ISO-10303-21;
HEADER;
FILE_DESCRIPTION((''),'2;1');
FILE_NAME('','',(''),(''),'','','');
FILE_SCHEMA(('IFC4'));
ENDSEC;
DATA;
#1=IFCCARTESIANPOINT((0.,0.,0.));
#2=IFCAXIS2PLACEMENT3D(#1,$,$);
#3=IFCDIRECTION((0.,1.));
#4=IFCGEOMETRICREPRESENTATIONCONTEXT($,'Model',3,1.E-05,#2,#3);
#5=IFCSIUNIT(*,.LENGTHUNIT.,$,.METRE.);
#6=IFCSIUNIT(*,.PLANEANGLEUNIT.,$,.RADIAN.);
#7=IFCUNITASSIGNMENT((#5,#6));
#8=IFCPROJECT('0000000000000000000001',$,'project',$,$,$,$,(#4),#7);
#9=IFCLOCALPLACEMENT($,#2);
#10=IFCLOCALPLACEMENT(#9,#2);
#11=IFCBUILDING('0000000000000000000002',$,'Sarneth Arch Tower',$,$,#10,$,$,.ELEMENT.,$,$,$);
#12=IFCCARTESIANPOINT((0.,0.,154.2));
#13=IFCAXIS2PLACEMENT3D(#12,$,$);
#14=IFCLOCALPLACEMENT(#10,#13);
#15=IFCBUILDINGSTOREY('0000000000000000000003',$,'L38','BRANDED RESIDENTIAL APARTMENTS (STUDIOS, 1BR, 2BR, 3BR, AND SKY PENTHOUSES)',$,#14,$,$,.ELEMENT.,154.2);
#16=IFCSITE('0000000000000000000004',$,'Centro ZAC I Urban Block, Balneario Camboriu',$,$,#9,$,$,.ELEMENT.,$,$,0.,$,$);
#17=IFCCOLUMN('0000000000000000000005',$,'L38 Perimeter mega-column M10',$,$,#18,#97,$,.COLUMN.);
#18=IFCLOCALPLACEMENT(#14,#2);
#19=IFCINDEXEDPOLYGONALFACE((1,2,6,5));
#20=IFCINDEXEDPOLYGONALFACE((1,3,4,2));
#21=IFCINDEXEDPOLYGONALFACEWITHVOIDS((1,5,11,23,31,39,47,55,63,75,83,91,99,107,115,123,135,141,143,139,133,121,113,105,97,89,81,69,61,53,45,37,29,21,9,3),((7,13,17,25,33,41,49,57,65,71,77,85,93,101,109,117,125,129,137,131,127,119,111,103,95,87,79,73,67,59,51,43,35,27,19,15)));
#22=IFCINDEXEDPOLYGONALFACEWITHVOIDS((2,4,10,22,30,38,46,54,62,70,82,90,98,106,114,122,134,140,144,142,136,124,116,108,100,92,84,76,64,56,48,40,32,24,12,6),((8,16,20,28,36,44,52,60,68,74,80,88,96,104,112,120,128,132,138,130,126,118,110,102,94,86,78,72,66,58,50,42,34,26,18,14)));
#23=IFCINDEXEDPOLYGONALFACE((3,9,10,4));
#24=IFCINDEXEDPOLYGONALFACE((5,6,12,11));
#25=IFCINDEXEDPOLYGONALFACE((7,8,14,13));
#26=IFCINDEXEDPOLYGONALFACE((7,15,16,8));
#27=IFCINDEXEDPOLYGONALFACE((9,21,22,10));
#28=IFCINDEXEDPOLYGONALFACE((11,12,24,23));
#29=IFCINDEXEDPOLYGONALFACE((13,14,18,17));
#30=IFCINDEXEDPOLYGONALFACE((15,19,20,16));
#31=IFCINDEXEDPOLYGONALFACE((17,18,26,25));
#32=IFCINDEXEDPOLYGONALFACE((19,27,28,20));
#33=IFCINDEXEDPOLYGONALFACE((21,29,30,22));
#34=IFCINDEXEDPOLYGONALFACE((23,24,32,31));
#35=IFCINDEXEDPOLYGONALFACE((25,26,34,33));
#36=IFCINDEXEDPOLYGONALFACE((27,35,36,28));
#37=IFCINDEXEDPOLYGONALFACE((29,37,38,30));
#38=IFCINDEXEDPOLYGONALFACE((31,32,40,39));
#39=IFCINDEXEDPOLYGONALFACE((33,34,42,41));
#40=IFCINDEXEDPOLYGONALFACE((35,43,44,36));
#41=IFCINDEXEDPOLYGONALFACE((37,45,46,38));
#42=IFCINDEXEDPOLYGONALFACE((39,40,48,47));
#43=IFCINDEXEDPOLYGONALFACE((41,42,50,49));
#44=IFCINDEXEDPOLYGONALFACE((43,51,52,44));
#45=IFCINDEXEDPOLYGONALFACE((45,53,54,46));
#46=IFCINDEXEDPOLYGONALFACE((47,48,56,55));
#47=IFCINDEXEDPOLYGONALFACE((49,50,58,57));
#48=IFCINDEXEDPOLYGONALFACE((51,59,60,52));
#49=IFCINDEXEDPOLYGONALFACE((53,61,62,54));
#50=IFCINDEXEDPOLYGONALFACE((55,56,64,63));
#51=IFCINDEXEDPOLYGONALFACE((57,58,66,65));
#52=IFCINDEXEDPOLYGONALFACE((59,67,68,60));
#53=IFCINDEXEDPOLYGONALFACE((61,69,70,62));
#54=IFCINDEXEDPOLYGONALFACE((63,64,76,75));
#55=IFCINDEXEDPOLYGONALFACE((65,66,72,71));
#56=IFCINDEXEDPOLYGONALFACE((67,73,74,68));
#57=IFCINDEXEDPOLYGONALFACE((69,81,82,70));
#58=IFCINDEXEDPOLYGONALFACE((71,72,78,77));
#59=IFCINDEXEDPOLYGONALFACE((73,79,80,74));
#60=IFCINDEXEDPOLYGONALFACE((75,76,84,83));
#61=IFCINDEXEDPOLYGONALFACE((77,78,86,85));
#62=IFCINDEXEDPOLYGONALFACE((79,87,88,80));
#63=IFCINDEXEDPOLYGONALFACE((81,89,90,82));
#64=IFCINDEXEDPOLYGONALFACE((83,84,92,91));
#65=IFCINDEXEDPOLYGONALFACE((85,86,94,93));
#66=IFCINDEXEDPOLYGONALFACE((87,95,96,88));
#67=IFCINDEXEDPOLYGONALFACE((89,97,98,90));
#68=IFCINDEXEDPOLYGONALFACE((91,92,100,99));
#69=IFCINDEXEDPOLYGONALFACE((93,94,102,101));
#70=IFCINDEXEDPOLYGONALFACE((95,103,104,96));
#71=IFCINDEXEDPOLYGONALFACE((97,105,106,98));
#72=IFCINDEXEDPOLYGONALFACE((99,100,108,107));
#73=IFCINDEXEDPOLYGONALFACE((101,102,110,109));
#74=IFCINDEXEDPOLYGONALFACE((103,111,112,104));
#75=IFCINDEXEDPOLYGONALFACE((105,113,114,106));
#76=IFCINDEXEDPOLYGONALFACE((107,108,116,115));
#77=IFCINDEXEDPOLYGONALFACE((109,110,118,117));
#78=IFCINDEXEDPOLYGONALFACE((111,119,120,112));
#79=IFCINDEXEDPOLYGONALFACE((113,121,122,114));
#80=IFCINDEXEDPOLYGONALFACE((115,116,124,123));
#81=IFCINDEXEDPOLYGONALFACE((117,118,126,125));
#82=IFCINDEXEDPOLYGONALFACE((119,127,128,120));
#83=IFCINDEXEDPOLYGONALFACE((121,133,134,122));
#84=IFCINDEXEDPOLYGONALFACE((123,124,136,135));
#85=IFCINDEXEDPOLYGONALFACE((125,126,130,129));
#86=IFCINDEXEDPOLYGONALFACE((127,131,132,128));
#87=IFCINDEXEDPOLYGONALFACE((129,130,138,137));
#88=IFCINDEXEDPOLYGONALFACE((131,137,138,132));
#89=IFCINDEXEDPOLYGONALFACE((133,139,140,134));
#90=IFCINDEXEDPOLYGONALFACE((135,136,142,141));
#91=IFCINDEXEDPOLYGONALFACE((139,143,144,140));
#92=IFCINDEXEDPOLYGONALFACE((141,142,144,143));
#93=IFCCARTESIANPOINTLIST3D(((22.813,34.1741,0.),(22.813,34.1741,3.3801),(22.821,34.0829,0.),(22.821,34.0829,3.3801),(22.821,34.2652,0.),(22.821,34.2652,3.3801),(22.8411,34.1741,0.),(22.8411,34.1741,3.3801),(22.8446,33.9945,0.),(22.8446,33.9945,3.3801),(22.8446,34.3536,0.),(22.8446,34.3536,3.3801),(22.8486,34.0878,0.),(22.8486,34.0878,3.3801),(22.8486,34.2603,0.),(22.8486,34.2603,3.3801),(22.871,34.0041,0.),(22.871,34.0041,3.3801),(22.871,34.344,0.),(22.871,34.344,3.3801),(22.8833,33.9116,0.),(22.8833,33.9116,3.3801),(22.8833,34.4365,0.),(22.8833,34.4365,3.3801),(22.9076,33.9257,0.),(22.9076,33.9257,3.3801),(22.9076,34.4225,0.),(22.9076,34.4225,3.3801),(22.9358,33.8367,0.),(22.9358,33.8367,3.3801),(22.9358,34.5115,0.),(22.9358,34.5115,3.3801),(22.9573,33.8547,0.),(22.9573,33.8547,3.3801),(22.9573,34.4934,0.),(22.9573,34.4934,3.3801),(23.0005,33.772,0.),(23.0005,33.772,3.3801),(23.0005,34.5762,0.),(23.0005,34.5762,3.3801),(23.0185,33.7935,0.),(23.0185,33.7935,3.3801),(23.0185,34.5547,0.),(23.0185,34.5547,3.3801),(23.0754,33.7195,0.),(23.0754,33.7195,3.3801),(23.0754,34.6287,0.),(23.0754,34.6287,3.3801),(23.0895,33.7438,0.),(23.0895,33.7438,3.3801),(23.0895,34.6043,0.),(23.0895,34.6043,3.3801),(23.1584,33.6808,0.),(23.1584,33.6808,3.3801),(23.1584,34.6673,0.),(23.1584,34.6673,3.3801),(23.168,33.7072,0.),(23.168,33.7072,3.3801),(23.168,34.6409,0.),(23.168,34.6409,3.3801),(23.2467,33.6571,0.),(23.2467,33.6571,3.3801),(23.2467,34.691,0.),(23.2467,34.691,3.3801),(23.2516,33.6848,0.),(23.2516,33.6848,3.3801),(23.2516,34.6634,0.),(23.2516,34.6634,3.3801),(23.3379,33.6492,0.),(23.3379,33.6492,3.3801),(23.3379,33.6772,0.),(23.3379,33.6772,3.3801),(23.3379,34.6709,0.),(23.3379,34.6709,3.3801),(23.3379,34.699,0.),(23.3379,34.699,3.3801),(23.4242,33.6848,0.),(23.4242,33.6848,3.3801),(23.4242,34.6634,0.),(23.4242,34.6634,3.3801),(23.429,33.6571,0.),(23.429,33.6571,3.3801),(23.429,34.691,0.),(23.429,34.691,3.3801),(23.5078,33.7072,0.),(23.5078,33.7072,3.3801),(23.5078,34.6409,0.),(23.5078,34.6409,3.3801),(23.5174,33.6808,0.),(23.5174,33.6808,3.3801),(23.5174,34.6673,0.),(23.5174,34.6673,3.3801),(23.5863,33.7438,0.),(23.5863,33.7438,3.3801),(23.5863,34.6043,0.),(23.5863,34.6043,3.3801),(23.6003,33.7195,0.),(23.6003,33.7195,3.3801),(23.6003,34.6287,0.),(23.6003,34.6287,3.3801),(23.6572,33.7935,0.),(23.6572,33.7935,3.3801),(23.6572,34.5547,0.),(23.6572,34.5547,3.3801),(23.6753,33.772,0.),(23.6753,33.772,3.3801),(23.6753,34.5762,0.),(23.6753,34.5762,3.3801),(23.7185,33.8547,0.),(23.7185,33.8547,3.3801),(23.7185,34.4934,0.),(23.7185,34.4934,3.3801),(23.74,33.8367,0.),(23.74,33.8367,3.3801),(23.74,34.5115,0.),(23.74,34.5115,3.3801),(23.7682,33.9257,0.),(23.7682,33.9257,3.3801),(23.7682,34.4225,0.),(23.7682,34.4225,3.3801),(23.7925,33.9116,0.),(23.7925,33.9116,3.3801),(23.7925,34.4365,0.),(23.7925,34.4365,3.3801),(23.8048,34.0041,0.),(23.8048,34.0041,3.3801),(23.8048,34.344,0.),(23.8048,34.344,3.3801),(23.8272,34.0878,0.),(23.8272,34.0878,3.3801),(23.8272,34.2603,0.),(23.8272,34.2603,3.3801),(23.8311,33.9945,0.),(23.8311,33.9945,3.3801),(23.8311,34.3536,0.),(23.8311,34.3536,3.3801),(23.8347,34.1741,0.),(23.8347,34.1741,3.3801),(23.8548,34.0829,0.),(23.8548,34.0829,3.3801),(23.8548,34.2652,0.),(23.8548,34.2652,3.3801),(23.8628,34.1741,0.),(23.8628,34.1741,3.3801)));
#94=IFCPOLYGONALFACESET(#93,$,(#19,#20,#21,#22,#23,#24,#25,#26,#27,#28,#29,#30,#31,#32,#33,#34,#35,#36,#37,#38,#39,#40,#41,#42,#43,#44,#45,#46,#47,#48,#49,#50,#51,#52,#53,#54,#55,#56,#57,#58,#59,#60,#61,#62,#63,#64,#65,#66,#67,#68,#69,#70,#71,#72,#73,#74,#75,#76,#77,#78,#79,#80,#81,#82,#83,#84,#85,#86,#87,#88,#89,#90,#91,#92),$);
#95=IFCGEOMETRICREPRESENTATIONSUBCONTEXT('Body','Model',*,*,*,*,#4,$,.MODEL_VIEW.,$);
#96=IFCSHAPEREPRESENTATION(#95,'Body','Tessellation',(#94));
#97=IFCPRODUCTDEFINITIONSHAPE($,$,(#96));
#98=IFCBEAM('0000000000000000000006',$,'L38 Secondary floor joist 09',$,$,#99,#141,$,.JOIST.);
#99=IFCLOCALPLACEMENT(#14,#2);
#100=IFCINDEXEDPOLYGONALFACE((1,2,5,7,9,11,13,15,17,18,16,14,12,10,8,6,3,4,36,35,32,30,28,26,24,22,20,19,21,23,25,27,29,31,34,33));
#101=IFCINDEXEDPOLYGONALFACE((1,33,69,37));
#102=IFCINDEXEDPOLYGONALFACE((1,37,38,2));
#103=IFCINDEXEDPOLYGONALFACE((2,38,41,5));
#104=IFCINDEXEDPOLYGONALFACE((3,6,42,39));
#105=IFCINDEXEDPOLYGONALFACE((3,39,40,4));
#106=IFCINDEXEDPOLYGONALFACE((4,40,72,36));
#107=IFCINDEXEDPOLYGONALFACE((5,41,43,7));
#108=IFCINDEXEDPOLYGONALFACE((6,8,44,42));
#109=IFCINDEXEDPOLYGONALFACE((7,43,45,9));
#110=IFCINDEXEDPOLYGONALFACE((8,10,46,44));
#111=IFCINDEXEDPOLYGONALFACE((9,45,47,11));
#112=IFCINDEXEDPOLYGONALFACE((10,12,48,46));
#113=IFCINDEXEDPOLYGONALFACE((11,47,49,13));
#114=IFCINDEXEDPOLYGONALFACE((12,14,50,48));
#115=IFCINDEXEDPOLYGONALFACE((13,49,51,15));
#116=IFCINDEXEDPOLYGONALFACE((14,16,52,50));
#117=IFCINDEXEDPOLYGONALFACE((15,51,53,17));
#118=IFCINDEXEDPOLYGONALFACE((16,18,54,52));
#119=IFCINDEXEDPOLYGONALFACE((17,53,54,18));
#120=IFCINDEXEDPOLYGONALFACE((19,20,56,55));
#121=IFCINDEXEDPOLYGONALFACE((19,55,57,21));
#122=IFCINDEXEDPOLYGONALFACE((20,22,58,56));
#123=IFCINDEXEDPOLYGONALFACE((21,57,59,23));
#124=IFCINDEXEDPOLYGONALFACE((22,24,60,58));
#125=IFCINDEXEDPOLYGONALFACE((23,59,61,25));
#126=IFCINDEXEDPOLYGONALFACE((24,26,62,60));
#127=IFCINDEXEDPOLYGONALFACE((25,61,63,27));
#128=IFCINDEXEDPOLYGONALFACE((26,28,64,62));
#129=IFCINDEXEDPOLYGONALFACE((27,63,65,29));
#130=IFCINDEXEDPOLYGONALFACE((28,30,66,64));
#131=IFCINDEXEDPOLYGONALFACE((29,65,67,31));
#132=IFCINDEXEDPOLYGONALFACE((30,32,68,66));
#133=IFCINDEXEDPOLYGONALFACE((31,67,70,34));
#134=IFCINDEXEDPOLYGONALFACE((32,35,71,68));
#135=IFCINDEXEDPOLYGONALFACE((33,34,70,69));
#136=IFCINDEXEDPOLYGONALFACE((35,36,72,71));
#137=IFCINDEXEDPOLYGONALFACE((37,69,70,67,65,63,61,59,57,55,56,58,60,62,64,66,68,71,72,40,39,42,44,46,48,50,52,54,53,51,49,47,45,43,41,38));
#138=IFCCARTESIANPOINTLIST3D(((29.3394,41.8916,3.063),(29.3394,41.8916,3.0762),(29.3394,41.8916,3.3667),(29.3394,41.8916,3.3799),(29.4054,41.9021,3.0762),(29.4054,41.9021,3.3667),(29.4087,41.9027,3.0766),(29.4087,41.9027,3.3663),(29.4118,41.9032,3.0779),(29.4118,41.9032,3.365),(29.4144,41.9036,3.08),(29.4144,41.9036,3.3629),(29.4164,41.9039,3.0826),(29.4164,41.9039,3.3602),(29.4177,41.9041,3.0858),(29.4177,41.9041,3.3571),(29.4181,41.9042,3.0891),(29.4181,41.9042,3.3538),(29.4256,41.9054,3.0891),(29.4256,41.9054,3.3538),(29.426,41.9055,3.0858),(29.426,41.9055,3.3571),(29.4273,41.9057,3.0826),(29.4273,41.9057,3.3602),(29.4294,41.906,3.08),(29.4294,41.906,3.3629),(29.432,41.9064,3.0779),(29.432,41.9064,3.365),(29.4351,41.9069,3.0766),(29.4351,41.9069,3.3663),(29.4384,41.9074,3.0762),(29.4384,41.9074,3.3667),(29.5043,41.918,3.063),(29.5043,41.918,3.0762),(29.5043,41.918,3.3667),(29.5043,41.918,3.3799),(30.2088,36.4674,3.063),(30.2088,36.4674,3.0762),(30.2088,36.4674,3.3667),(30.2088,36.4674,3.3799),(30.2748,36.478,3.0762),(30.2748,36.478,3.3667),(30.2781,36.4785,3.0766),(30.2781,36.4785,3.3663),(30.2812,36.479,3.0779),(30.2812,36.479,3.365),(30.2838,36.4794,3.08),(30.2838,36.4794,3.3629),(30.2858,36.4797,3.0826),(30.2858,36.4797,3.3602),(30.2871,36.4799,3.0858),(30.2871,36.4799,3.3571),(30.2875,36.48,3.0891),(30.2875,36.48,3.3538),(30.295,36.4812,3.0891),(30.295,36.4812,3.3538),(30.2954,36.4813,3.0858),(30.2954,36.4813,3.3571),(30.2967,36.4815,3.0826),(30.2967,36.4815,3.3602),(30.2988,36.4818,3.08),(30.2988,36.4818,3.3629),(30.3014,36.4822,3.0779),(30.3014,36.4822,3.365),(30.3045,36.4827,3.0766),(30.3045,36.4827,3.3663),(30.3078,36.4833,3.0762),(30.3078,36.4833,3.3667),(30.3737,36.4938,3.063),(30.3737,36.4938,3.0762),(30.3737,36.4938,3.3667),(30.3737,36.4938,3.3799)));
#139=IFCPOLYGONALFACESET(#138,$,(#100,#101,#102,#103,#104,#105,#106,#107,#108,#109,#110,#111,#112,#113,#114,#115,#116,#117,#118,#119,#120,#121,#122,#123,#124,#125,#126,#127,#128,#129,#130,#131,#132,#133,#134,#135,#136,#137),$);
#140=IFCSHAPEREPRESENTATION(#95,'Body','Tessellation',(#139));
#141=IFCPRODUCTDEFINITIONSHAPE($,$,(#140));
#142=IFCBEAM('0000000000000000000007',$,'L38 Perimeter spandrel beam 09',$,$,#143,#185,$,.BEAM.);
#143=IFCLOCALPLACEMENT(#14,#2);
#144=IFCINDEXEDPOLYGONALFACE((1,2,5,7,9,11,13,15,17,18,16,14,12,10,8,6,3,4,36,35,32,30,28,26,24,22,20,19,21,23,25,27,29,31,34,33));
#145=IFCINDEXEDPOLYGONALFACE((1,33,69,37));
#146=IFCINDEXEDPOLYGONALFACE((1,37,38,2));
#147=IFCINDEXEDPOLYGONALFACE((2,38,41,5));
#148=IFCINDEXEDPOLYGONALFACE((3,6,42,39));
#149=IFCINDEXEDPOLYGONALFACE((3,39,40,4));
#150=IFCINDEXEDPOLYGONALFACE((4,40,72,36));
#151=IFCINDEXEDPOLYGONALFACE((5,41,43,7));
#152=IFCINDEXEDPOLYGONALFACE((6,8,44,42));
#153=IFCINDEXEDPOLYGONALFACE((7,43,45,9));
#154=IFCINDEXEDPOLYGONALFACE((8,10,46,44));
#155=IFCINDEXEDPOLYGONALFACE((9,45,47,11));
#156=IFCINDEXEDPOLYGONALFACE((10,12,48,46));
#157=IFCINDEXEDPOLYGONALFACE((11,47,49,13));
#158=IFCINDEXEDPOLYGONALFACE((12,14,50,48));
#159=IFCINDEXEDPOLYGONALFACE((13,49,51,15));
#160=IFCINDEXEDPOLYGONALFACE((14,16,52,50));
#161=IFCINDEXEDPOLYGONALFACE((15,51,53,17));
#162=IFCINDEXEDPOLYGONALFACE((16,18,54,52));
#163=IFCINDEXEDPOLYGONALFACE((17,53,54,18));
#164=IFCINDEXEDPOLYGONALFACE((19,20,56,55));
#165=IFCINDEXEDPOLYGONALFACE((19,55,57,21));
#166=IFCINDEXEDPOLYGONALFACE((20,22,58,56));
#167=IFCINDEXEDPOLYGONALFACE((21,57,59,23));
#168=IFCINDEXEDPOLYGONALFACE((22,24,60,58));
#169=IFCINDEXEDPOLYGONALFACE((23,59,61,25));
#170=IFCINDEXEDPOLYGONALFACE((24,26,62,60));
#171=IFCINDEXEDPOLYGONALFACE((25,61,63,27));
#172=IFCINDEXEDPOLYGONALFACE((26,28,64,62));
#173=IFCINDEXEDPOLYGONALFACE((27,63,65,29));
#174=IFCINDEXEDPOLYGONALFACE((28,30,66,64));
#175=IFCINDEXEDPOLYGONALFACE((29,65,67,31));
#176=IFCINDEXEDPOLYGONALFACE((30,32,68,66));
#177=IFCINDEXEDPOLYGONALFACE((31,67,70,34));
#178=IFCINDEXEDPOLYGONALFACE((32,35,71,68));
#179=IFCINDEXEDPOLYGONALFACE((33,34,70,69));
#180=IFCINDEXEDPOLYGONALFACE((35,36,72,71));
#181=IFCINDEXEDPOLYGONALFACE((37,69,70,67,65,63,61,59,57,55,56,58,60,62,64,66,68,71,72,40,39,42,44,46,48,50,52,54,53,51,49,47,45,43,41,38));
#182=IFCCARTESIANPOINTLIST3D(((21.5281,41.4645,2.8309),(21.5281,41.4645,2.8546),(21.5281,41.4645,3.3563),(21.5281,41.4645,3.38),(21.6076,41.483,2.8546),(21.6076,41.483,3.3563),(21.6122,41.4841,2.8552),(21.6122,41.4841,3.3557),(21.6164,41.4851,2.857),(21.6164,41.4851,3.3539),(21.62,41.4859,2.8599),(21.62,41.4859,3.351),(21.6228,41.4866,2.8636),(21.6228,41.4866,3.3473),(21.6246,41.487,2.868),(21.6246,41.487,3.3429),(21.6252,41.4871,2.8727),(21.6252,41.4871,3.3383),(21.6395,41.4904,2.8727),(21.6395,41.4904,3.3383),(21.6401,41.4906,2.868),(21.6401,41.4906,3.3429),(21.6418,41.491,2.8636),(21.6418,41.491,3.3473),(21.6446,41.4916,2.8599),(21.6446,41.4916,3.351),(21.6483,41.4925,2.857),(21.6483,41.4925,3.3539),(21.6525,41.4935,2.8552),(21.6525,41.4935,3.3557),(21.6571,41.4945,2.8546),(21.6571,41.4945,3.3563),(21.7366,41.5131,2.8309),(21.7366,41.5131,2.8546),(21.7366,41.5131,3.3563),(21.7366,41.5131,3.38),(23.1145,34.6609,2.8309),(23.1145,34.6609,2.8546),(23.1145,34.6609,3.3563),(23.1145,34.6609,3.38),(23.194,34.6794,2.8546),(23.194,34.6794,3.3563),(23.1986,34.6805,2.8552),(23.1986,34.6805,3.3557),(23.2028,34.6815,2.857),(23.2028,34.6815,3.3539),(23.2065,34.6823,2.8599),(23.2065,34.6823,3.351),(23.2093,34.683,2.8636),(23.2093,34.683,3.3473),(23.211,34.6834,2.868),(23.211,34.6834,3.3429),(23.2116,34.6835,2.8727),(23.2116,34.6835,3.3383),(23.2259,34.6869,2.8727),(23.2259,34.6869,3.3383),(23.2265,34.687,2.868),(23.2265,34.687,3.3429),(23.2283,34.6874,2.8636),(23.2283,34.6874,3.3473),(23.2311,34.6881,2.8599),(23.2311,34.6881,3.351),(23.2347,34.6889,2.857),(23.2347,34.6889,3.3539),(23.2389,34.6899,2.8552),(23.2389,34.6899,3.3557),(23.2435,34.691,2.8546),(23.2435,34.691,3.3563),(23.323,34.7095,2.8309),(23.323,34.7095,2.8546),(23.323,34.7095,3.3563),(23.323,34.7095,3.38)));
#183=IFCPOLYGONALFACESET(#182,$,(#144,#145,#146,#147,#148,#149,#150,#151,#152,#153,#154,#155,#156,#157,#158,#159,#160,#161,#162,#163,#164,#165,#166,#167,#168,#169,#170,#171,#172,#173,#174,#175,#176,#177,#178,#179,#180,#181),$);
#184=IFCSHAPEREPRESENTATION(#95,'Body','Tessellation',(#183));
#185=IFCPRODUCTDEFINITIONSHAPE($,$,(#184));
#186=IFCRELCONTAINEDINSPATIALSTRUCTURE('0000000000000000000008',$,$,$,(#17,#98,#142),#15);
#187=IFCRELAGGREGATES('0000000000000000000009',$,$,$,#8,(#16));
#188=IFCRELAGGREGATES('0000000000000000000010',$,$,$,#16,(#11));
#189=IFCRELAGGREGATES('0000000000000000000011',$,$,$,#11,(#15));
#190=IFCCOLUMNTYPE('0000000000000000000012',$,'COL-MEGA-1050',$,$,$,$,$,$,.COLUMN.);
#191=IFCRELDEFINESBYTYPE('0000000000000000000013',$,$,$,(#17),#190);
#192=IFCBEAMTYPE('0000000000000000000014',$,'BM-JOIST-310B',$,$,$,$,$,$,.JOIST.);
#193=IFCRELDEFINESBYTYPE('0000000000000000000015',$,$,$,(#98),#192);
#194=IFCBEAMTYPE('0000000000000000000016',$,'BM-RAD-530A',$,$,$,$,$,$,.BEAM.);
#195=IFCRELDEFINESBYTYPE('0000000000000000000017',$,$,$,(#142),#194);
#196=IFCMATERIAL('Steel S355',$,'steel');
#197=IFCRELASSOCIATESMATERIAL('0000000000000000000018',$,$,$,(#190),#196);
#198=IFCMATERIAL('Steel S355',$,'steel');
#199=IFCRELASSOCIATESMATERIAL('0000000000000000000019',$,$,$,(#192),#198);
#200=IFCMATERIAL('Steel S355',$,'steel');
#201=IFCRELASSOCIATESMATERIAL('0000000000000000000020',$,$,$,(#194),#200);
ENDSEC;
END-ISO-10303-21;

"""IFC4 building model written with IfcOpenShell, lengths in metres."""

from ifc_helpers import new_model, si_unit, direction, frame, origin, origin_2d, place, context, subcontext, project, spatial, hollow_circle, i_section, extrude, material, material_profile, profile_set, type_object, element, save


model = new_model("IFC4")

# Units and contexts
model_context = context("Model", 3, precision=1e-05, world=origin(), true_north=direction((0.0, 1.0)))
body_context = subcontext(model_context, "Body", "Model", "MODEL_VIEW")
ifc_project = project(units=[si_unit("LENGTHUNIT", "METRE"), si_unit("PLANEANGLEUNIT", "RADIAN")], contexts=[model_context])

# Site, building, storey
site_placement = place(None, origin())
site = spatial("IfcSite", under=ifc_project, at=site_placement, Name="Centro ZAC I Urban Block, Balneario Camboriu", CompositionType="ELEMENT", RefElevation=0.0)
building_placement = place(site_placement, origin())
building = spatial("IfcBuilding", under=site, at=building_placement, Name="Sarneth Arch Tower", CompositionType="ELEMENT")
storey_placement = place(building_placement, frame((0.0, 0.0, 154.2)))
storey = spatial("IfcBuildingStorey", under=building, at=storey_placement, Name="L38", Description="BRANDED RESIDENTIAL APARTMENTS (STUDIOS, 1BR, 2BR, 3BR, AND SKY PENTHOUSES)", CompositionType="ELEMENT", Elevation=154.2)

# Column
ifc_material_1 = material(Name="Steel S355", Category="steel")
ifc_material_profile_1 = material_profile(ifc_material_1, hollow_circle(Radius=0.5249, WallThickness=0.0281, at=origin_2d()), Name="CHS1050x28")
ifc_profile_set_1 = profile_set([ifc_material_profile_1], Name="Steel S355")
column_type = type_object("IfcColumnType", Name="COL-MEGA-1050", PredefinedType="COLUMN", material=ifc_profile_set_1)
column_placement = place(storey_placement, frame((23.3379, 34.1741, 0.0), z_axis=(0.0, 0.0, 1.0), x_axis=(1.0, 0.0, 0.0)))
element("IfcColumn", 1, at=column_placement, inside=storey, type_object=column_type, Name="L38 Perimeter mega-column M10", PredefinedType="COLUMN", context=body_context, shape_type="SweptSolid", body=[
    extrude(hollow_circle(Radius=0.5249, WallThickness=0.0281, at=origin_2d()), origin(), (0.0, 0.0, 1.0), 3.3801),
])

# Beams
ifc_material_2 = material(Name="Steel S355", Category="steel")
ifc_material_profile_2 = material_profile(ifc_material_2, i_section(OverallWidth=0.167, OverallDepth=0.3169, WebThickness=0.0076, FlangeThickness=0.0132, FilletRadius=0.0129, at=origin_2d()), Name="W310x52")
ifc_profile_set_2 = profile_set([ifc_material_profile_2], Name="Steel S355")
beam_type_1 = type_object("IfcBeamType", Name="BM-JOIST-310B", PredefinedType="JOIST", material=ifc_profile_set_2)
beam_1_placement = place(storey_placement, frame((29.4219, 41.9048, 3.2214), z_axis=(0.158263, -0.987397, 0.0), x_axis=(0.987397, 0.158263, 0.0)))
element("IfcBeam", 2, at=beam_1_placement, inside=storey, type_object=beam_type_1, Name="L38 Secondary floor joist 09", PredefinedType="JOIST", context=body_context, shape_type="SweptSolid", body=[
    extrude(i_section(OverallWidth=0.167, OverallDepth=0.3169, WebThickness=0.0076, FlangeThickness=0.0132, FilletRadius=0.0129, at=origin_2d()), origin(), (0.0, 0.0, 1.0), 5.4934),
])
ifc_material_3 = material(Name="Steel S355", Category="steel")
ifc_material_profile_3 = material_profile(ifc_material_3, i_section(OverallWidth=0.2141, OverallDepth=0.5491, WebThickness=0.0146, FlangeThickness=0.0237, FilletRadius=0.0181, at=origin_2d()), Name="W530x138")
ifc_profile_set_3 = profile_set([ifc_material_profile_3], Name="Steel S355")
beam_type_2 = type_object("IfcBeamType", Name="BM-RAD-530A", PredefinedType="BEAM", material=ifc_profile_set_3)
beam_2_placement = place(storey_placement, frame((21.6323, 41.4888, 3.1055), z_axis=(0.227087, -0.973874, 0.0), x_axis=(0.973874, 0.227087, 0.0)))
element("IfcBeam", 3, at=beam_2_placement, inside=storey, type_object=beam_type_2, Name="L38 Perimeter spandrel beam 09", PredefinedType="BEAM", context=body_context, shape_type="SweptSolid", body=[
    extrude(i_section(OverallWidth=0.2141, OverallDepth=0.5491, WebThickness=0.0146, FlangeThickness=0.0237, FilletRadius=0.0181, at=origin_2d()), origin(), (0.0, 0.0, 1.0), 6.9861),
])

save(model, "model.ifc")
